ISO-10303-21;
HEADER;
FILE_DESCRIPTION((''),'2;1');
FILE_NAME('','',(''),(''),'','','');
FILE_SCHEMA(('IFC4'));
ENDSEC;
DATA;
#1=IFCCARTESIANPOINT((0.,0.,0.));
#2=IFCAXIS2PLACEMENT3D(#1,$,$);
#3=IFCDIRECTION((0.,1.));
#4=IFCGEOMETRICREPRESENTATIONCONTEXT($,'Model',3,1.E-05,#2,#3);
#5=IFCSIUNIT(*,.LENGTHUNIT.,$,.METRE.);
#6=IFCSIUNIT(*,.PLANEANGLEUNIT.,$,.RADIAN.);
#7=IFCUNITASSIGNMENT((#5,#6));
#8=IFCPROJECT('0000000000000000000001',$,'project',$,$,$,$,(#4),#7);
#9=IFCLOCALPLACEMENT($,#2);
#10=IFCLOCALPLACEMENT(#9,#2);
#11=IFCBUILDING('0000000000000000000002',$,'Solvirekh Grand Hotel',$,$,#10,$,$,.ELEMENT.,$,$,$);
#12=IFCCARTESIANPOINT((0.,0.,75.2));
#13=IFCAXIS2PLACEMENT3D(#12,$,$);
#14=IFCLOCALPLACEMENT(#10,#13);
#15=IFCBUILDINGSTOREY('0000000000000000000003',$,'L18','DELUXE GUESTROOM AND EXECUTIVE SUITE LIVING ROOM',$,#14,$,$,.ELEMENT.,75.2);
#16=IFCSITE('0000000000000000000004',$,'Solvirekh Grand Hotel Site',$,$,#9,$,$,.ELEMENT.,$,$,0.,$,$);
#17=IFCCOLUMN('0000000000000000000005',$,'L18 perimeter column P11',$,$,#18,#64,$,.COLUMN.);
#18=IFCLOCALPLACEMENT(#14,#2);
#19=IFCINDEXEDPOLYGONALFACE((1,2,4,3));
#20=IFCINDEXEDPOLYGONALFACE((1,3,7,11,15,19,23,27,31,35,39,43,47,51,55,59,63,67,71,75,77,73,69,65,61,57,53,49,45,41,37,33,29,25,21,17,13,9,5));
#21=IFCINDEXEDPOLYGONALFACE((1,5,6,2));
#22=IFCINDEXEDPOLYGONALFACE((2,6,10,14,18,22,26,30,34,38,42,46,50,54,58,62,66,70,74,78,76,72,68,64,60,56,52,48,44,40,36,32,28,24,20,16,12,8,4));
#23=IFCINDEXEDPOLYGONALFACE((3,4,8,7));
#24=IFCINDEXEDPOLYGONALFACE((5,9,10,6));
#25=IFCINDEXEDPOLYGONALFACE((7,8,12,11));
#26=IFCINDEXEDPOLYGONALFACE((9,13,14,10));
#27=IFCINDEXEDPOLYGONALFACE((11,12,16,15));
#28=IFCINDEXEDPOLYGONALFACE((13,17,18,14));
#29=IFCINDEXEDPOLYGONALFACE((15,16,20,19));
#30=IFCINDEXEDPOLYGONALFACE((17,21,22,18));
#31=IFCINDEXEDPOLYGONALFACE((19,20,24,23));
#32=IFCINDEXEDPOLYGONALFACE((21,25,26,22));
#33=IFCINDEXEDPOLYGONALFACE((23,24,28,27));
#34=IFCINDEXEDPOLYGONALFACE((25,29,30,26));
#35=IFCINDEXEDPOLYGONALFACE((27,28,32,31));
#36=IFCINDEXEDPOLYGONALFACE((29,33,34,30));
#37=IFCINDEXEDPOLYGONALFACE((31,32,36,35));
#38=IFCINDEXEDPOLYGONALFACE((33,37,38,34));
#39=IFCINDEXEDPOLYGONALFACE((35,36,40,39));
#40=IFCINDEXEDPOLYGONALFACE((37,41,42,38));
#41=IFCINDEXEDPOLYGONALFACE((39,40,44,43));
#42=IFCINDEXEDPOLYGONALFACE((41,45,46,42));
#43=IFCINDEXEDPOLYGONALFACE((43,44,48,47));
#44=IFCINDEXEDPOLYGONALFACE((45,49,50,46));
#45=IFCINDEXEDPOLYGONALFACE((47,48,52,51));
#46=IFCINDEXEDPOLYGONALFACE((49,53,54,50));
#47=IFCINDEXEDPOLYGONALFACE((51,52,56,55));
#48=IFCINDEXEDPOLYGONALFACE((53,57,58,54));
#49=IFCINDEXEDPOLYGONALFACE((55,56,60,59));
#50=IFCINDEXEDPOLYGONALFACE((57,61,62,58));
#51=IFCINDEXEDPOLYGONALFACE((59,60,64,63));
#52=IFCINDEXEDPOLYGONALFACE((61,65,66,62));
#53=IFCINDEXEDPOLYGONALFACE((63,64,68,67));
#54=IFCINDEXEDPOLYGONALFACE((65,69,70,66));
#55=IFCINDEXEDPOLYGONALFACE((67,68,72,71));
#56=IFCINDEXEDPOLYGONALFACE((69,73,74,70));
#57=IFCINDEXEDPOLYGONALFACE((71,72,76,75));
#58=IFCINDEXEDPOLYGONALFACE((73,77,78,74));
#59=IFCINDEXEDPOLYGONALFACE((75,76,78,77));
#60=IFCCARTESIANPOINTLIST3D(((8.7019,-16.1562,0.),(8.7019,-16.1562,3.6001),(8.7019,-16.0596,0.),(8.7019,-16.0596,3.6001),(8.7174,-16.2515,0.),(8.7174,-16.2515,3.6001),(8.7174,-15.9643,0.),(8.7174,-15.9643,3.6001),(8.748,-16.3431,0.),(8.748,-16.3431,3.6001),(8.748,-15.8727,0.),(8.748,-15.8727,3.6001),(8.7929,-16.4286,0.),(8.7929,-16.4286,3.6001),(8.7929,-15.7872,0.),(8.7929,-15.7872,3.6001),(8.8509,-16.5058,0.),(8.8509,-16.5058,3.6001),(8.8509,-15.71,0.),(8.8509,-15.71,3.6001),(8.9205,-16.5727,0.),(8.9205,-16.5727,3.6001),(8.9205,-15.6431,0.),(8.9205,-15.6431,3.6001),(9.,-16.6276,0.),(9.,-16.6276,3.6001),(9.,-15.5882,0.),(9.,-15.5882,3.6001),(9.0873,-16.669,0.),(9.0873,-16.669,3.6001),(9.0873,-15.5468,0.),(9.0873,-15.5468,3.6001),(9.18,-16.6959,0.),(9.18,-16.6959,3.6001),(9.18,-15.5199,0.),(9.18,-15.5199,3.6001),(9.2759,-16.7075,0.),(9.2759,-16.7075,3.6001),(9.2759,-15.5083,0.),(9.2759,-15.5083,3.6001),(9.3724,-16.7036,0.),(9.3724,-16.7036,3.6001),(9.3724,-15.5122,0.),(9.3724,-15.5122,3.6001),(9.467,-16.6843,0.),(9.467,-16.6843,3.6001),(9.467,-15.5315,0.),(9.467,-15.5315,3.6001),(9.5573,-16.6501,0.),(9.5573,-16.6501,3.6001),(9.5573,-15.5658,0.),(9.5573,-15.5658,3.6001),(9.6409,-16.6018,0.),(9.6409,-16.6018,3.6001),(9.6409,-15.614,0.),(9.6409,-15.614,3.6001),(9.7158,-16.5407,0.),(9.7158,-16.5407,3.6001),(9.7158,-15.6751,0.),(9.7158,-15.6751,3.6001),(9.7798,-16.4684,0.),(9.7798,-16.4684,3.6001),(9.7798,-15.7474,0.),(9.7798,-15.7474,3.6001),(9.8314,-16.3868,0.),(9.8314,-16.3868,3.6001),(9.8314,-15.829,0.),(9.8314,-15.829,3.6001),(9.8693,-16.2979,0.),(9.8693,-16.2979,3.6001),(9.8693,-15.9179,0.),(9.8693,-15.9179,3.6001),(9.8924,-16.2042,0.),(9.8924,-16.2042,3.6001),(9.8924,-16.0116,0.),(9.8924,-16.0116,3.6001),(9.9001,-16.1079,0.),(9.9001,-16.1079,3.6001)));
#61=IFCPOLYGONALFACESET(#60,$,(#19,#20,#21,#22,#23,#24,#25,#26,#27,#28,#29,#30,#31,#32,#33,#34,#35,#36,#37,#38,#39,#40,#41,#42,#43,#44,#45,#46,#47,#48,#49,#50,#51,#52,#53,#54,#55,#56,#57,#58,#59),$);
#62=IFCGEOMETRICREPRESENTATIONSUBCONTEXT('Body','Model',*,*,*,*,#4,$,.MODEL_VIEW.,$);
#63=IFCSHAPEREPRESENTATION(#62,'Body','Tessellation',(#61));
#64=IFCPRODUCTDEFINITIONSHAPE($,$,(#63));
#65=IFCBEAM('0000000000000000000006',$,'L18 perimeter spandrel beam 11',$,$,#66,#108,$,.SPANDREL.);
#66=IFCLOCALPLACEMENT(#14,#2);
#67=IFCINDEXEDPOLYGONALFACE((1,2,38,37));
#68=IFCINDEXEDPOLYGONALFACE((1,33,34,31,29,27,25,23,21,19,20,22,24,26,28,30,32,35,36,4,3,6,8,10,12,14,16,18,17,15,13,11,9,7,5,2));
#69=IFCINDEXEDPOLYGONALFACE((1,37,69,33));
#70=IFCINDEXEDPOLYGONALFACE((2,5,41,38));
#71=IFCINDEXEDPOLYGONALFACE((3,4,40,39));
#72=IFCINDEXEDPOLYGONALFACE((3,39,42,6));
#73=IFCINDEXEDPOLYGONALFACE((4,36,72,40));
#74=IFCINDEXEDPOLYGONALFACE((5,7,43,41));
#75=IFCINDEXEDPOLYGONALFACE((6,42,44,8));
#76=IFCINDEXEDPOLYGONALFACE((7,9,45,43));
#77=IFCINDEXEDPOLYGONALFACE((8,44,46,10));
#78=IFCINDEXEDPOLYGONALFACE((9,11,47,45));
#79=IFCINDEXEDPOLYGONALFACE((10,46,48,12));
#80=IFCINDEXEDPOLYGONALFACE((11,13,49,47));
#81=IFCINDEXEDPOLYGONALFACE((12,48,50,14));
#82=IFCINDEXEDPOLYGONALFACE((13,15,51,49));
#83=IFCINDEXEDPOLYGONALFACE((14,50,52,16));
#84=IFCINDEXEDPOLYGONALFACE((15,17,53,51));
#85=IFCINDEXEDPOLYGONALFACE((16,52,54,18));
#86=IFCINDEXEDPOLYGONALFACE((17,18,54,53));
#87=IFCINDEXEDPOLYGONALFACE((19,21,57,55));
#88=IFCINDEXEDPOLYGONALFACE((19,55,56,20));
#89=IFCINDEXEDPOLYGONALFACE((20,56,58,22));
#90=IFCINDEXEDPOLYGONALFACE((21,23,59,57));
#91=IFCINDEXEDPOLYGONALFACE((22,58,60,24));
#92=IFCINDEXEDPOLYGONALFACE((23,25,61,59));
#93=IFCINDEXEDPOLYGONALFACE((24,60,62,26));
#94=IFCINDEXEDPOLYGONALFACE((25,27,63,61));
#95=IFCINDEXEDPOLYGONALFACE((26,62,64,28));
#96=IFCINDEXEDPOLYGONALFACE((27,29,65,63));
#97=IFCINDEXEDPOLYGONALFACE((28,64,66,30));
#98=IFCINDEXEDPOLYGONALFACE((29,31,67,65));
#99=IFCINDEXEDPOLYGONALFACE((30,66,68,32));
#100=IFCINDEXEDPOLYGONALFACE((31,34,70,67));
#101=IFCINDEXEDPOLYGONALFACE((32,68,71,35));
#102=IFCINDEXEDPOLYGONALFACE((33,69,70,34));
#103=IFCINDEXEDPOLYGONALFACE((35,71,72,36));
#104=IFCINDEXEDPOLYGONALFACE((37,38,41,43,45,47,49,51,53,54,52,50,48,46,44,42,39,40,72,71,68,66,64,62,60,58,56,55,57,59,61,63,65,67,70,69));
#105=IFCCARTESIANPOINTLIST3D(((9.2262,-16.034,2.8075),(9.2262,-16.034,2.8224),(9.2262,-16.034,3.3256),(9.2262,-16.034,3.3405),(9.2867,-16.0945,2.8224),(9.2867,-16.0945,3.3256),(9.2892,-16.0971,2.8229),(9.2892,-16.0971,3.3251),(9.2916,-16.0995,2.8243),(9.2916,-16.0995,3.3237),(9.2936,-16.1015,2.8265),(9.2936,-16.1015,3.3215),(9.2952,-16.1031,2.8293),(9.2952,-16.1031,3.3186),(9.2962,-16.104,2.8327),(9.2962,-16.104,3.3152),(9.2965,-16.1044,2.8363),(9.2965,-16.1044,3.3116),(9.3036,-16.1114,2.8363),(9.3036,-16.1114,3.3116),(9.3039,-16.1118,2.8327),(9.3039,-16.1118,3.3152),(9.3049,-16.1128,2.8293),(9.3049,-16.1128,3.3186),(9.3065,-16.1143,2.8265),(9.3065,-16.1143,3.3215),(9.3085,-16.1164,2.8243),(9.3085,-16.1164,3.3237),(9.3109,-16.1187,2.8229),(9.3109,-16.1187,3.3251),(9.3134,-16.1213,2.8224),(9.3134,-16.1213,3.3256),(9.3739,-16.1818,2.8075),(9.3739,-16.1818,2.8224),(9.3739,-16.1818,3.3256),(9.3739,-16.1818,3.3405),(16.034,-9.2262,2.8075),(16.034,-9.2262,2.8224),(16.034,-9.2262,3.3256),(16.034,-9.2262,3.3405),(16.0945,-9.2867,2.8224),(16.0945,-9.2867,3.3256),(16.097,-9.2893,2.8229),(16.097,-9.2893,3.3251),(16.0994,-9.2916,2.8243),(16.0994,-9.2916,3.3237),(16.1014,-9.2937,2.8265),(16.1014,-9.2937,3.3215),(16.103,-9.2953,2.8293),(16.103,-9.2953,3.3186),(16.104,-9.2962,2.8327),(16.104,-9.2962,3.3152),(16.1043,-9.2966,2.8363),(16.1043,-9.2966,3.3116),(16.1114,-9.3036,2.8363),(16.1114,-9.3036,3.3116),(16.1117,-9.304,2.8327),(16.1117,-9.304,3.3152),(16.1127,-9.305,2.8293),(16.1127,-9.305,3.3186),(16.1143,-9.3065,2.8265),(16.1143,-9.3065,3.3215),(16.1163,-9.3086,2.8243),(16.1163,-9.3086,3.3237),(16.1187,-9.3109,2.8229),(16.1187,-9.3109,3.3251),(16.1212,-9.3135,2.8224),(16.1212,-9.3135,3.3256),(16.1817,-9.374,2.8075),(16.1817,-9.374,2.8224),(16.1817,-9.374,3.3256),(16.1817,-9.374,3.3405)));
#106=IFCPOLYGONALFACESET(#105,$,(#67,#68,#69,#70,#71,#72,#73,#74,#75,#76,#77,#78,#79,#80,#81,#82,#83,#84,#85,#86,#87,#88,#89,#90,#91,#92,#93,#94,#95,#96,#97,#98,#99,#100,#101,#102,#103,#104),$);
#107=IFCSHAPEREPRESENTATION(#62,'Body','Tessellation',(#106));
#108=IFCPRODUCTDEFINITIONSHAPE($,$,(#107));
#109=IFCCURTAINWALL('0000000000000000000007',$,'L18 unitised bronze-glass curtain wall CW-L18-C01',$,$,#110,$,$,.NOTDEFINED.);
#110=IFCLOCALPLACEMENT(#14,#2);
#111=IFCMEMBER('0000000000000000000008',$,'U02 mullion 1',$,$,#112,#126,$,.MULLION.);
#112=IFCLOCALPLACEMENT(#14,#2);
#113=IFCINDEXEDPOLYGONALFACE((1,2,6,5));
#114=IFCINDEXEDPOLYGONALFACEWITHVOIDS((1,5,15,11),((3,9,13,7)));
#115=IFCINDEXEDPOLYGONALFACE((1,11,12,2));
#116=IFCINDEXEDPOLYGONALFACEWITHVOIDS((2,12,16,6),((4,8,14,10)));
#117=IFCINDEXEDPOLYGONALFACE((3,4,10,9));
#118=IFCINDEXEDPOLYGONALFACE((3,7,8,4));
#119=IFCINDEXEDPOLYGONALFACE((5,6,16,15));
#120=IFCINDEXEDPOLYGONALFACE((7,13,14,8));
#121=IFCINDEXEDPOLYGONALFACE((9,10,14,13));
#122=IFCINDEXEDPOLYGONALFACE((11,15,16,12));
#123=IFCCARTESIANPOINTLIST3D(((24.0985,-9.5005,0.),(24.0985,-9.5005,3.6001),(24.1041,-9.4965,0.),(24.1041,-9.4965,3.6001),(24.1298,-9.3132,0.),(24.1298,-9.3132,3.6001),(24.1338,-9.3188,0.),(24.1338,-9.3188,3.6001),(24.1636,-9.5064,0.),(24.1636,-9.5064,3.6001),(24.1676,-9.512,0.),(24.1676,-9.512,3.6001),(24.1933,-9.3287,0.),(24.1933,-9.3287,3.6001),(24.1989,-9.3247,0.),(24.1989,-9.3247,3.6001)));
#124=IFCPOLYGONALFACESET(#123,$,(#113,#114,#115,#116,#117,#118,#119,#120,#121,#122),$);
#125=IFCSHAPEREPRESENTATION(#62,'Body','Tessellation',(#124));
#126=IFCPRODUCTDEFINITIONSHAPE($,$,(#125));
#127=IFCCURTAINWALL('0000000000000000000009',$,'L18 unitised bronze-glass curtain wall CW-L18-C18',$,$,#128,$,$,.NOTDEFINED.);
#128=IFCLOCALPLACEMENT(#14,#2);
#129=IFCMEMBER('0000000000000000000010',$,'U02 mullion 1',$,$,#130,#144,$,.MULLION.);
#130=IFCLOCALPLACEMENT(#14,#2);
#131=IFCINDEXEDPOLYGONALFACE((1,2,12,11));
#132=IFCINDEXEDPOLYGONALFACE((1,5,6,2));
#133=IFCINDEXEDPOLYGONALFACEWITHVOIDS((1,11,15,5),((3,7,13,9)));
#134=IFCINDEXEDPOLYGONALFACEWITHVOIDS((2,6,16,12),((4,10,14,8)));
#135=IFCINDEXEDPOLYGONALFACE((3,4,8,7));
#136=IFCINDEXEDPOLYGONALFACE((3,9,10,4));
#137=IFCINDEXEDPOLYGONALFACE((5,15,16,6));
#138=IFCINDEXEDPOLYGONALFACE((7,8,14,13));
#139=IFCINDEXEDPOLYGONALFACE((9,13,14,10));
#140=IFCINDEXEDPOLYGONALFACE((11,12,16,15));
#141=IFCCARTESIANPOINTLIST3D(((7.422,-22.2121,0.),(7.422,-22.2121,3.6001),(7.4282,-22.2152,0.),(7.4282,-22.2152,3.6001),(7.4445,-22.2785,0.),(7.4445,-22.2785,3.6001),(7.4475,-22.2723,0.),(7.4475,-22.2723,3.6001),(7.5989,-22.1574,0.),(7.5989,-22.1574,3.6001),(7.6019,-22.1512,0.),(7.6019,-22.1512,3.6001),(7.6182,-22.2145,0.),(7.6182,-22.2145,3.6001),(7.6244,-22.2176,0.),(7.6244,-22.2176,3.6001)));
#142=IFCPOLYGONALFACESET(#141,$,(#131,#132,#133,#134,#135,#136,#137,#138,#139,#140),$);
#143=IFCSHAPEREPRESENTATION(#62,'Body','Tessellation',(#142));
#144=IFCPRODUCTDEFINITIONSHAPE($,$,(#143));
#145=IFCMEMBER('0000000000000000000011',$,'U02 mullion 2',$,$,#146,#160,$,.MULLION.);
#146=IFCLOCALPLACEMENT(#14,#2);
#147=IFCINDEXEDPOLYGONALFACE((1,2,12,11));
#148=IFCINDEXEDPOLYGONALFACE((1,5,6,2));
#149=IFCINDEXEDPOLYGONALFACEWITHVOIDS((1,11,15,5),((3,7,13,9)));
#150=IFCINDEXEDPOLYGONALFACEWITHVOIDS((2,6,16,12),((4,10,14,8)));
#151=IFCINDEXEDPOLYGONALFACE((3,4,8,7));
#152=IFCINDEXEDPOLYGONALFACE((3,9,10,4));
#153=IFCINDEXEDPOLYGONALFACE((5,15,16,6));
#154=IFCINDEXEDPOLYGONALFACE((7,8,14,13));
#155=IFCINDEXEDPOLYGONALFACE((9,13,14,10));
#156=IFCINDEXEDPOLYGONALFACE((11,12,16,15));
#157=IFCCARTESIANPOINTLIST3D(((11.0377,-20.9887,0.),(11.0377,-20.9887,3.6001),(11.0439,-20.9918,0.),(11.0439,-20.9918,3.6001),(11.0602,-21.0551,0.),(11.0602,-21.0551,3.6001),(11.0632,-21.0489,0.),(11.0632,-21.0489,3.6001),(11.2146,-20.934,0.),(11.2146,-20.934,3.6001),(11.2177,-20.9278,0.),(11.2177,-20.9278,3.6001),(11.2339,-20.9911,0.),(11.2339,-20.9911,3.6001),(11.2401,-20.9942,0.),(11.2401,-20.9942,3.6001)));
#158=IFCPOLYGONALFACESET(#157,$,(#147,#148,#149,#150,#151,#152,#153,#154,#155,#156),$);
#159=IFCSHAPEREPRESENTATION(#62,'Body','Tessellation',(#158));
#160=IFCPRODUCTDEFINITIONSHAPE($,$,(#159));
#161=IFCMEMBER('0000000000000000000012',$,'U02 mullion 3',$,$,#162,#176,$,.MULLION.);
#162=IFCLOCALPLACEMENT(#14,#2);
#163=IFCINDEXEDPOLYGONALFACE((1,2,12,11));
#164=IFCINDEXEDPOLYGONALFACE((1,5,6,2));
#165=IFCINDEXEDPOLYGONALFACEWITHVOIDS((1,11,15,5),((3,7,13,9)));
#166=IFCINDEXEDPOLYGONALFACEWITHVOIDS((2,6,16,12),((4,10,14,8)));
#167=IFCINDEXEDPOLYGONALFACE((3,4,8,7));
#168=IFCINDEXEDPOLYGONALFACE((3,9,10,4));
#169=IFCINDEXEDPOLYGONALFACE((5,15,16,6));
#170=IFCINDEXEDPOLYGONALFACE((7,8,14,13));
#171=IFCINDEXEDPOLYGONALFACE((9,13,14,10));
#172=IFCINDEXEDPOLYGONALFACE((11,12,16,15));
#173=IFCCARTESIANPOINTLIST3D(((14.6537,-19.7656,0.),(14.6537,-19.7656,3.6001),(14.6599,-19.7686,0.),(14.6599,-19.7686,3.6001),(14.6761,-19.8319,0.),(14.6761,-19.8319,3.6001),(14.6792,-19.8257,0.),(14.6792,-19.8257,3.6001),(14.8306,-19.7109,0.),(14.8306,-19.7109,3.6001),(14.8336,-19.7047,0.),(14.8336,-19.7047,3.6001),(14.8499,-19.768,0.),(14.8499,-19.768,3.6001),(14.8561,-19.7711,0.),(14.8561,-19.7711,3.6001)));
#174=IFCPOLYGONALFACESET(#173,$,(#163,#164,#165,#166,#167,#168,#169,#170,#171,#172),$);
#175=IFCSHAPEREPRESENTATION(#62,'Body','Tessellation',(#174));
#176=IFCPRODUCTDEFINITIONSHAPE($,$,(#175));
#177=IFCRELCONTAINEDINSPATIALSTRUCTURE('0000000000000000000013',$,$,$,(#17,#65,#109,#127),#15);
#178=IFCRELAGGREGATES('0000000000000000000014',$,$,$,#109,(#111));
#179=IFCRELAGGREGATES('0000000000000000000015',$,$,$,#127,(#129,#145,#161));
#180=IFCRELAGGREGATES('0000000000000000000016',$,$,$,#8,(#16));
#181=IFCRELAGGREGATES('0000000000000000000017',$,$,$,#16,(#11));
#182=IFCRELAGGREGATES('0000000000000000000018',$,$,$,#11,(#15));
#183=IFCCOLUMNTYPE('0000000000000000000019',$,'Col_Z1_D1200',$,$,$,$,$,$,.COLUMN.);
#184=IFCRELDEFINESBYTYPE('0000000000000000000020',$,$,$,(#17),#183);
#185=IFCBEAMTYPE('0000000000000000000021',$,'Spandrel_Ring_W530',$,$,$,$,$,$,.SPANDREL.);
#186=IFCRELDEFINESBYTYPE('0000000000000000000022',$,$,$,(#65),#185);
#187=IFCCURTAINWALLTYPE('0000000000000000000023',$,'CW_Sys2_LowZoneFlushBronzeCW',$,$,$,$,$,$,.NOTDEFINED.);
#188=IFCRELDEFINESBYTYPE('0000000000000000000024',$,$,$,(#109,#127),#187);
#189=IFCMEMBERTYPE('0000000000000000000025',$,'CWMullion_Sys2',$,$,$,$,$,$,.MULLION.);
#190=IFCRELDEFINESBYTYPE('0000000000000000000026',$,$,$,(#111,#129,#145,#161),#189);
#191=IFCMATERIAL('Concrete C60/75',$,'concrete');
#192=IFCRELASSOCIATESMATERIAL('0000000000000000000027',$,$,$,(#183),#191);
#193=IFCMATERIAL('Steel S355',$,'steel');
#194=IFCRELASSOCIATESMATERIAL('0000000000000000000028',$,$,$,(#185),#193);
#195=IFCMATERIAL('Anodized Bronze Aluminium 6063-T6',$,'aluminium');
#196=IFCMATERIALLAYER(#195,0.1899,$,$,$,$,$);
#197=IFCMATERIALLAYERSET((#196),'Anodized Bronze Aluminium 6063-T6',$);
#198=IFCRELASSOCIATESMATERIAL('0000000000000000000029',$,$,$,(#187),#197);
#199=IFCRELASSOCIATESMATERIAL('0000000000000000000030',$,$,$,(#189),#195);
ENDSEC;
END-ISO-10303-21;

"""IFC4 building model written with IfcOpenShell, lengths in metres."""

from ifc_helpers import new_model, si_unit, direction, frame, origin, origin_2d, place, context, subcontext, project, spatial, hollow_rectangle, circle, i_section, extrude, source, transform, mapped, material, layer, layer_set, material_profile, profile_set, type_object, element, aggregate, save


model = new_model("IFC4")

# Units and contexts
model_context = context("Model", 3, precision=1e-05, world=origin(), true_north=direction((0.0, 1.0)))
body_context = subcontext(model_context, "Body", "Model", "MODEL_VIEW")
ifc_project = project(units=[si_unit("LENGTHUNIT", "METRE"), si_unit("PLANEANGLEUNIT", "RADIAN")], contexts=[model_context])

# Site, building, storey
site_placement = place(None, origin())
site = spatial("IfcSite", under=ifc_project, at=site_placement, Name="Solvirekh Grand Hotel Site", CompositionType="ELEMENT", RefElevation=0.0)
building_placement = place(site_placement, origin())
building = spatial("IfcBuilding", under=site, at=building_placement, Name="Solvirekh Grand Hotel", CompositionType="ELEMENT")
storey_placement = place(building_placement, frame((0.0, 0.0, 75.2)))
storey = spatial("IfcBuildingStorey", under=building, at=storey_placement, Name="L18", Description="DELUXE GUESTROOM AND EXECUTIVE SUITE LIVING ROOM", CompositionType="ELEMENT", Elevation=75.2)

# Column
ifc_material_1 = material(Name="Concrete C60/75", Category="concrete")
ifc_material_profile_1 = material_profile(ifc_material_1, circle(Radius=0.6001, at=origin_2d()), Name="RC CIRC D1200")
ifc_profile_set_1 = profile_set([ifc_material_profile_1], Name="Concrete C60/75")
column_type = type_object("IfcColumnType", Name="Col_Z1_D1200", PredefinedType="COLUMN", material=ifc_profile_set_1)
column_placement = place(storey_placement, frame((9.3, -16.1079, 0.0), z_axis=(0.0, 0.0, 1.0), x_axis=(1.0, 0.0, 0.0)))
element("IfcColumn", 1, at=column_placement, inside=storey, type_object=column_type, Name="L18 perimeter column P11", PredefinedType="COLUMN", context=body_context, shape_type="SweptSolid", body=[
    extrude(circle(Radius=0.6001, at=origin_2d()), origin(), (0.0, 0.0, 1.0), 3.6001),
])

# Beam
ifc_material_2 = material(Name="Steel S355", Category="steel")
ifc_material_profile_2 = material_profile(ifc_material_2, i_section(OverallWidth=0.209, OverallDepth=0.533, WebThickness=0.01, FlangeThickness=0.0149, FilletRadius=0.0139, at=origin_2d()), Name="W530X92")
ifc_profile_set_2 = profile_set([ifc_material_profile_2], Name="Steel S355")
beam_type = type_object("IfcBeamType", Name="Spandrel_Ring_W530", PredefinedType="SPANDREL", material=ifc_profile_set_2)
beam_placement = place(storey_placement, frame((9.3, -16.1079, 3.074), z_axis=(0.707107, 0.707107, 0.0), x_axis=(-0.707107, 0.707107, 0.0)))
element("IfcBeam", 2, at=beam_placement, inside=storey, type_object=beam_type, Name="L18 perimeter spandrel beam 11", PredefinedType="SPANDREL", context=body_context, shape_type="SweptSolid", body=[
    extrude(i_section(OverallWidth=0.209, OverallDepth=0.533, WebThickness=0.01, FlangeThickness=0.0149, FilletRadius=0.0139, at=origin_2d()), origin(), (0.0, 0.0, 1.0), 9.6277),
])

# Curtain wall, member
ifc_material_3 = material(Name="Anodized Bronze Aluminium 6063-T6", Category="aluminium")
ifc_layer_1 = layer(ifc_material_3, 0.1899)
ifc_layer_set_1 = layer_set([ifc_layer_1], Name="Anodized Bronze Aluminium 6063-T6")
curtain_wall_type = type_object("IfcCurtainWallType", Name="CW_Sys2_LowZoneFlushBronzeCW", PredefinedType="NOTDEFINED", material=ifc_layer_set_1)
curtain_wall_1_placement = place(storey_placement, origin())
curtain_wall_1 = element("IfcCurtainWall", 3, at=curtain_wall_1_placement, inside=storey, type_object=curtain_wall_type, Name="L18 unitised bronze-glass curtain wall CW-L18-C01", PredefinedType="NOTDEFINED")
ifc_material_profile_3 = material_profile(ifc_material_3, hollow_rectangle(XDim=0.0701, YDim=0.1899, WallThickness=0.0049, at=origin_2d()), Name="ALU RHS 190X70X5")
ifc_profile_set_3 = profile_set([ifc_material_profile_3], Name="Anodized Bronze Aluminium 6063-T6")
member_type_1 = type_object("IfcMemberType", Name="CWMullion_Sys2", PredefinedType="MULLION", material=ifc_profile_set_3)
shared_shape_1 = source(origin(), body_context, "Body", "SweptSolid", [
    extrude(hollow_rectangle(XDim=0.0701, YDim=0.1899, WallThickness=0.0049, at=origin_2d()), origin(), (0.0, 0.0, 1.0), 3.6001),
])
member_1_placement = place(storey_placement, frame((24.1487, -9.4126, 0.0), z_axis=(0.0, 0.0, 1.0), x_axis=(-0.986335, 0.16475, 0.0)))
member_1 = element("IfcMember", 4, at=member_1_placement, type_object=member_type_1, Name="U02 mullion 1", PredefinedType="MULLION", context=body_context, shape_type="MappedRepresentation", body=[
    mapped(shared_shape_1, transform((0.0, 0.0, 0.0), x_axis=(1.0, 0.0, 0.0), y_axis=(0.0, 1.0, 0.0), z_axis=(0.0, 0.0, 1.0), scale=1.0)),
])
aggregate(curtain_wall_1, [member_1])

# Curtain wall, members
curtain_wall_2_placement = place(storey_placement, origin())
curtain_wall_2 = element("IfcCurtainWall", 5, at=curtain_wall_2_placement, inside=storey, type_object=curtain_wall_type, Name="L18 unitised bronze-glass curtain wall CW-L18-C18", PredefinedType="NOTDEFINED")
member_2_placement = place(storey_placement, frame((7.5232, -22.2148, 0.0), z_axis=(0.0, 0.0, 1.0), x_axis=(-0.320469, 0.947259, 0.0)))
member_2 = element("IfcMember", 6, at=member_2_placement, type_object=member_type_1, Name="U02 mullion 1", PredefinedType="MULLION", context=body_context, shape_type="MappedRepresentation", body=[
    mapped(shared_shape_1, transform((0.0, 0.0, 0.0), x_axis=(1.0, 0.0, 0.0), y_axis=(0.0, 1.0, 0.0), z_axis=(0.0, 0.0, 1.0), scale=1.0)),
])
member_3_placement = place(storey_placement, frame((11.1389, -20.9915, 0.0), z_axis=(0.0, 0.0, 1.0), x_axis=(-0.320469, 0.947259, 0.0)))
member_3 = element("IfcMember", 7, at=member_3_placement, type_object=member_type_1, Name="U02 mullion 2", PredefinedType="MULLION", context=body_context, shape_type="MappedRepresentation", body=[
    mapped(shared_shape_1, transform((0.0, 0.0, 0.0), x_axis=(1.0, 0.0, 0.0), y_axis=(0.0, 1.0, 0.0), z_axis=(0.0, 0.0, 1.0), scale=1.0)),
])
member_4_placement = place(storey_placement, frame((14.7549, -19.7683, 0.0), z_axis=(0.0, 0.0, 1.0), x_axis=(-0.320469, 0.947259, 0.0)))
member_4 = element("IfcMember", 8, at=member_4_placement, type_object=member_type_1, Name="U02 mullion 3", PredefinedType="MULLION", context=body_context, shape_type="MappedRepresentation", body=[
    mapped(shared_shape_1, transform((0.0, 0.0, 0.0), x_axis=(1.0, 0.0, 0.0), y_axis=(0.0, 1.0, 0.0), z_axis=(0.0, 0.0, 1.0), scale=1.0)),
])
aggregate(curtain_wall_2, [member_2, member_3, member_4])

save(model, "model.ifc")
